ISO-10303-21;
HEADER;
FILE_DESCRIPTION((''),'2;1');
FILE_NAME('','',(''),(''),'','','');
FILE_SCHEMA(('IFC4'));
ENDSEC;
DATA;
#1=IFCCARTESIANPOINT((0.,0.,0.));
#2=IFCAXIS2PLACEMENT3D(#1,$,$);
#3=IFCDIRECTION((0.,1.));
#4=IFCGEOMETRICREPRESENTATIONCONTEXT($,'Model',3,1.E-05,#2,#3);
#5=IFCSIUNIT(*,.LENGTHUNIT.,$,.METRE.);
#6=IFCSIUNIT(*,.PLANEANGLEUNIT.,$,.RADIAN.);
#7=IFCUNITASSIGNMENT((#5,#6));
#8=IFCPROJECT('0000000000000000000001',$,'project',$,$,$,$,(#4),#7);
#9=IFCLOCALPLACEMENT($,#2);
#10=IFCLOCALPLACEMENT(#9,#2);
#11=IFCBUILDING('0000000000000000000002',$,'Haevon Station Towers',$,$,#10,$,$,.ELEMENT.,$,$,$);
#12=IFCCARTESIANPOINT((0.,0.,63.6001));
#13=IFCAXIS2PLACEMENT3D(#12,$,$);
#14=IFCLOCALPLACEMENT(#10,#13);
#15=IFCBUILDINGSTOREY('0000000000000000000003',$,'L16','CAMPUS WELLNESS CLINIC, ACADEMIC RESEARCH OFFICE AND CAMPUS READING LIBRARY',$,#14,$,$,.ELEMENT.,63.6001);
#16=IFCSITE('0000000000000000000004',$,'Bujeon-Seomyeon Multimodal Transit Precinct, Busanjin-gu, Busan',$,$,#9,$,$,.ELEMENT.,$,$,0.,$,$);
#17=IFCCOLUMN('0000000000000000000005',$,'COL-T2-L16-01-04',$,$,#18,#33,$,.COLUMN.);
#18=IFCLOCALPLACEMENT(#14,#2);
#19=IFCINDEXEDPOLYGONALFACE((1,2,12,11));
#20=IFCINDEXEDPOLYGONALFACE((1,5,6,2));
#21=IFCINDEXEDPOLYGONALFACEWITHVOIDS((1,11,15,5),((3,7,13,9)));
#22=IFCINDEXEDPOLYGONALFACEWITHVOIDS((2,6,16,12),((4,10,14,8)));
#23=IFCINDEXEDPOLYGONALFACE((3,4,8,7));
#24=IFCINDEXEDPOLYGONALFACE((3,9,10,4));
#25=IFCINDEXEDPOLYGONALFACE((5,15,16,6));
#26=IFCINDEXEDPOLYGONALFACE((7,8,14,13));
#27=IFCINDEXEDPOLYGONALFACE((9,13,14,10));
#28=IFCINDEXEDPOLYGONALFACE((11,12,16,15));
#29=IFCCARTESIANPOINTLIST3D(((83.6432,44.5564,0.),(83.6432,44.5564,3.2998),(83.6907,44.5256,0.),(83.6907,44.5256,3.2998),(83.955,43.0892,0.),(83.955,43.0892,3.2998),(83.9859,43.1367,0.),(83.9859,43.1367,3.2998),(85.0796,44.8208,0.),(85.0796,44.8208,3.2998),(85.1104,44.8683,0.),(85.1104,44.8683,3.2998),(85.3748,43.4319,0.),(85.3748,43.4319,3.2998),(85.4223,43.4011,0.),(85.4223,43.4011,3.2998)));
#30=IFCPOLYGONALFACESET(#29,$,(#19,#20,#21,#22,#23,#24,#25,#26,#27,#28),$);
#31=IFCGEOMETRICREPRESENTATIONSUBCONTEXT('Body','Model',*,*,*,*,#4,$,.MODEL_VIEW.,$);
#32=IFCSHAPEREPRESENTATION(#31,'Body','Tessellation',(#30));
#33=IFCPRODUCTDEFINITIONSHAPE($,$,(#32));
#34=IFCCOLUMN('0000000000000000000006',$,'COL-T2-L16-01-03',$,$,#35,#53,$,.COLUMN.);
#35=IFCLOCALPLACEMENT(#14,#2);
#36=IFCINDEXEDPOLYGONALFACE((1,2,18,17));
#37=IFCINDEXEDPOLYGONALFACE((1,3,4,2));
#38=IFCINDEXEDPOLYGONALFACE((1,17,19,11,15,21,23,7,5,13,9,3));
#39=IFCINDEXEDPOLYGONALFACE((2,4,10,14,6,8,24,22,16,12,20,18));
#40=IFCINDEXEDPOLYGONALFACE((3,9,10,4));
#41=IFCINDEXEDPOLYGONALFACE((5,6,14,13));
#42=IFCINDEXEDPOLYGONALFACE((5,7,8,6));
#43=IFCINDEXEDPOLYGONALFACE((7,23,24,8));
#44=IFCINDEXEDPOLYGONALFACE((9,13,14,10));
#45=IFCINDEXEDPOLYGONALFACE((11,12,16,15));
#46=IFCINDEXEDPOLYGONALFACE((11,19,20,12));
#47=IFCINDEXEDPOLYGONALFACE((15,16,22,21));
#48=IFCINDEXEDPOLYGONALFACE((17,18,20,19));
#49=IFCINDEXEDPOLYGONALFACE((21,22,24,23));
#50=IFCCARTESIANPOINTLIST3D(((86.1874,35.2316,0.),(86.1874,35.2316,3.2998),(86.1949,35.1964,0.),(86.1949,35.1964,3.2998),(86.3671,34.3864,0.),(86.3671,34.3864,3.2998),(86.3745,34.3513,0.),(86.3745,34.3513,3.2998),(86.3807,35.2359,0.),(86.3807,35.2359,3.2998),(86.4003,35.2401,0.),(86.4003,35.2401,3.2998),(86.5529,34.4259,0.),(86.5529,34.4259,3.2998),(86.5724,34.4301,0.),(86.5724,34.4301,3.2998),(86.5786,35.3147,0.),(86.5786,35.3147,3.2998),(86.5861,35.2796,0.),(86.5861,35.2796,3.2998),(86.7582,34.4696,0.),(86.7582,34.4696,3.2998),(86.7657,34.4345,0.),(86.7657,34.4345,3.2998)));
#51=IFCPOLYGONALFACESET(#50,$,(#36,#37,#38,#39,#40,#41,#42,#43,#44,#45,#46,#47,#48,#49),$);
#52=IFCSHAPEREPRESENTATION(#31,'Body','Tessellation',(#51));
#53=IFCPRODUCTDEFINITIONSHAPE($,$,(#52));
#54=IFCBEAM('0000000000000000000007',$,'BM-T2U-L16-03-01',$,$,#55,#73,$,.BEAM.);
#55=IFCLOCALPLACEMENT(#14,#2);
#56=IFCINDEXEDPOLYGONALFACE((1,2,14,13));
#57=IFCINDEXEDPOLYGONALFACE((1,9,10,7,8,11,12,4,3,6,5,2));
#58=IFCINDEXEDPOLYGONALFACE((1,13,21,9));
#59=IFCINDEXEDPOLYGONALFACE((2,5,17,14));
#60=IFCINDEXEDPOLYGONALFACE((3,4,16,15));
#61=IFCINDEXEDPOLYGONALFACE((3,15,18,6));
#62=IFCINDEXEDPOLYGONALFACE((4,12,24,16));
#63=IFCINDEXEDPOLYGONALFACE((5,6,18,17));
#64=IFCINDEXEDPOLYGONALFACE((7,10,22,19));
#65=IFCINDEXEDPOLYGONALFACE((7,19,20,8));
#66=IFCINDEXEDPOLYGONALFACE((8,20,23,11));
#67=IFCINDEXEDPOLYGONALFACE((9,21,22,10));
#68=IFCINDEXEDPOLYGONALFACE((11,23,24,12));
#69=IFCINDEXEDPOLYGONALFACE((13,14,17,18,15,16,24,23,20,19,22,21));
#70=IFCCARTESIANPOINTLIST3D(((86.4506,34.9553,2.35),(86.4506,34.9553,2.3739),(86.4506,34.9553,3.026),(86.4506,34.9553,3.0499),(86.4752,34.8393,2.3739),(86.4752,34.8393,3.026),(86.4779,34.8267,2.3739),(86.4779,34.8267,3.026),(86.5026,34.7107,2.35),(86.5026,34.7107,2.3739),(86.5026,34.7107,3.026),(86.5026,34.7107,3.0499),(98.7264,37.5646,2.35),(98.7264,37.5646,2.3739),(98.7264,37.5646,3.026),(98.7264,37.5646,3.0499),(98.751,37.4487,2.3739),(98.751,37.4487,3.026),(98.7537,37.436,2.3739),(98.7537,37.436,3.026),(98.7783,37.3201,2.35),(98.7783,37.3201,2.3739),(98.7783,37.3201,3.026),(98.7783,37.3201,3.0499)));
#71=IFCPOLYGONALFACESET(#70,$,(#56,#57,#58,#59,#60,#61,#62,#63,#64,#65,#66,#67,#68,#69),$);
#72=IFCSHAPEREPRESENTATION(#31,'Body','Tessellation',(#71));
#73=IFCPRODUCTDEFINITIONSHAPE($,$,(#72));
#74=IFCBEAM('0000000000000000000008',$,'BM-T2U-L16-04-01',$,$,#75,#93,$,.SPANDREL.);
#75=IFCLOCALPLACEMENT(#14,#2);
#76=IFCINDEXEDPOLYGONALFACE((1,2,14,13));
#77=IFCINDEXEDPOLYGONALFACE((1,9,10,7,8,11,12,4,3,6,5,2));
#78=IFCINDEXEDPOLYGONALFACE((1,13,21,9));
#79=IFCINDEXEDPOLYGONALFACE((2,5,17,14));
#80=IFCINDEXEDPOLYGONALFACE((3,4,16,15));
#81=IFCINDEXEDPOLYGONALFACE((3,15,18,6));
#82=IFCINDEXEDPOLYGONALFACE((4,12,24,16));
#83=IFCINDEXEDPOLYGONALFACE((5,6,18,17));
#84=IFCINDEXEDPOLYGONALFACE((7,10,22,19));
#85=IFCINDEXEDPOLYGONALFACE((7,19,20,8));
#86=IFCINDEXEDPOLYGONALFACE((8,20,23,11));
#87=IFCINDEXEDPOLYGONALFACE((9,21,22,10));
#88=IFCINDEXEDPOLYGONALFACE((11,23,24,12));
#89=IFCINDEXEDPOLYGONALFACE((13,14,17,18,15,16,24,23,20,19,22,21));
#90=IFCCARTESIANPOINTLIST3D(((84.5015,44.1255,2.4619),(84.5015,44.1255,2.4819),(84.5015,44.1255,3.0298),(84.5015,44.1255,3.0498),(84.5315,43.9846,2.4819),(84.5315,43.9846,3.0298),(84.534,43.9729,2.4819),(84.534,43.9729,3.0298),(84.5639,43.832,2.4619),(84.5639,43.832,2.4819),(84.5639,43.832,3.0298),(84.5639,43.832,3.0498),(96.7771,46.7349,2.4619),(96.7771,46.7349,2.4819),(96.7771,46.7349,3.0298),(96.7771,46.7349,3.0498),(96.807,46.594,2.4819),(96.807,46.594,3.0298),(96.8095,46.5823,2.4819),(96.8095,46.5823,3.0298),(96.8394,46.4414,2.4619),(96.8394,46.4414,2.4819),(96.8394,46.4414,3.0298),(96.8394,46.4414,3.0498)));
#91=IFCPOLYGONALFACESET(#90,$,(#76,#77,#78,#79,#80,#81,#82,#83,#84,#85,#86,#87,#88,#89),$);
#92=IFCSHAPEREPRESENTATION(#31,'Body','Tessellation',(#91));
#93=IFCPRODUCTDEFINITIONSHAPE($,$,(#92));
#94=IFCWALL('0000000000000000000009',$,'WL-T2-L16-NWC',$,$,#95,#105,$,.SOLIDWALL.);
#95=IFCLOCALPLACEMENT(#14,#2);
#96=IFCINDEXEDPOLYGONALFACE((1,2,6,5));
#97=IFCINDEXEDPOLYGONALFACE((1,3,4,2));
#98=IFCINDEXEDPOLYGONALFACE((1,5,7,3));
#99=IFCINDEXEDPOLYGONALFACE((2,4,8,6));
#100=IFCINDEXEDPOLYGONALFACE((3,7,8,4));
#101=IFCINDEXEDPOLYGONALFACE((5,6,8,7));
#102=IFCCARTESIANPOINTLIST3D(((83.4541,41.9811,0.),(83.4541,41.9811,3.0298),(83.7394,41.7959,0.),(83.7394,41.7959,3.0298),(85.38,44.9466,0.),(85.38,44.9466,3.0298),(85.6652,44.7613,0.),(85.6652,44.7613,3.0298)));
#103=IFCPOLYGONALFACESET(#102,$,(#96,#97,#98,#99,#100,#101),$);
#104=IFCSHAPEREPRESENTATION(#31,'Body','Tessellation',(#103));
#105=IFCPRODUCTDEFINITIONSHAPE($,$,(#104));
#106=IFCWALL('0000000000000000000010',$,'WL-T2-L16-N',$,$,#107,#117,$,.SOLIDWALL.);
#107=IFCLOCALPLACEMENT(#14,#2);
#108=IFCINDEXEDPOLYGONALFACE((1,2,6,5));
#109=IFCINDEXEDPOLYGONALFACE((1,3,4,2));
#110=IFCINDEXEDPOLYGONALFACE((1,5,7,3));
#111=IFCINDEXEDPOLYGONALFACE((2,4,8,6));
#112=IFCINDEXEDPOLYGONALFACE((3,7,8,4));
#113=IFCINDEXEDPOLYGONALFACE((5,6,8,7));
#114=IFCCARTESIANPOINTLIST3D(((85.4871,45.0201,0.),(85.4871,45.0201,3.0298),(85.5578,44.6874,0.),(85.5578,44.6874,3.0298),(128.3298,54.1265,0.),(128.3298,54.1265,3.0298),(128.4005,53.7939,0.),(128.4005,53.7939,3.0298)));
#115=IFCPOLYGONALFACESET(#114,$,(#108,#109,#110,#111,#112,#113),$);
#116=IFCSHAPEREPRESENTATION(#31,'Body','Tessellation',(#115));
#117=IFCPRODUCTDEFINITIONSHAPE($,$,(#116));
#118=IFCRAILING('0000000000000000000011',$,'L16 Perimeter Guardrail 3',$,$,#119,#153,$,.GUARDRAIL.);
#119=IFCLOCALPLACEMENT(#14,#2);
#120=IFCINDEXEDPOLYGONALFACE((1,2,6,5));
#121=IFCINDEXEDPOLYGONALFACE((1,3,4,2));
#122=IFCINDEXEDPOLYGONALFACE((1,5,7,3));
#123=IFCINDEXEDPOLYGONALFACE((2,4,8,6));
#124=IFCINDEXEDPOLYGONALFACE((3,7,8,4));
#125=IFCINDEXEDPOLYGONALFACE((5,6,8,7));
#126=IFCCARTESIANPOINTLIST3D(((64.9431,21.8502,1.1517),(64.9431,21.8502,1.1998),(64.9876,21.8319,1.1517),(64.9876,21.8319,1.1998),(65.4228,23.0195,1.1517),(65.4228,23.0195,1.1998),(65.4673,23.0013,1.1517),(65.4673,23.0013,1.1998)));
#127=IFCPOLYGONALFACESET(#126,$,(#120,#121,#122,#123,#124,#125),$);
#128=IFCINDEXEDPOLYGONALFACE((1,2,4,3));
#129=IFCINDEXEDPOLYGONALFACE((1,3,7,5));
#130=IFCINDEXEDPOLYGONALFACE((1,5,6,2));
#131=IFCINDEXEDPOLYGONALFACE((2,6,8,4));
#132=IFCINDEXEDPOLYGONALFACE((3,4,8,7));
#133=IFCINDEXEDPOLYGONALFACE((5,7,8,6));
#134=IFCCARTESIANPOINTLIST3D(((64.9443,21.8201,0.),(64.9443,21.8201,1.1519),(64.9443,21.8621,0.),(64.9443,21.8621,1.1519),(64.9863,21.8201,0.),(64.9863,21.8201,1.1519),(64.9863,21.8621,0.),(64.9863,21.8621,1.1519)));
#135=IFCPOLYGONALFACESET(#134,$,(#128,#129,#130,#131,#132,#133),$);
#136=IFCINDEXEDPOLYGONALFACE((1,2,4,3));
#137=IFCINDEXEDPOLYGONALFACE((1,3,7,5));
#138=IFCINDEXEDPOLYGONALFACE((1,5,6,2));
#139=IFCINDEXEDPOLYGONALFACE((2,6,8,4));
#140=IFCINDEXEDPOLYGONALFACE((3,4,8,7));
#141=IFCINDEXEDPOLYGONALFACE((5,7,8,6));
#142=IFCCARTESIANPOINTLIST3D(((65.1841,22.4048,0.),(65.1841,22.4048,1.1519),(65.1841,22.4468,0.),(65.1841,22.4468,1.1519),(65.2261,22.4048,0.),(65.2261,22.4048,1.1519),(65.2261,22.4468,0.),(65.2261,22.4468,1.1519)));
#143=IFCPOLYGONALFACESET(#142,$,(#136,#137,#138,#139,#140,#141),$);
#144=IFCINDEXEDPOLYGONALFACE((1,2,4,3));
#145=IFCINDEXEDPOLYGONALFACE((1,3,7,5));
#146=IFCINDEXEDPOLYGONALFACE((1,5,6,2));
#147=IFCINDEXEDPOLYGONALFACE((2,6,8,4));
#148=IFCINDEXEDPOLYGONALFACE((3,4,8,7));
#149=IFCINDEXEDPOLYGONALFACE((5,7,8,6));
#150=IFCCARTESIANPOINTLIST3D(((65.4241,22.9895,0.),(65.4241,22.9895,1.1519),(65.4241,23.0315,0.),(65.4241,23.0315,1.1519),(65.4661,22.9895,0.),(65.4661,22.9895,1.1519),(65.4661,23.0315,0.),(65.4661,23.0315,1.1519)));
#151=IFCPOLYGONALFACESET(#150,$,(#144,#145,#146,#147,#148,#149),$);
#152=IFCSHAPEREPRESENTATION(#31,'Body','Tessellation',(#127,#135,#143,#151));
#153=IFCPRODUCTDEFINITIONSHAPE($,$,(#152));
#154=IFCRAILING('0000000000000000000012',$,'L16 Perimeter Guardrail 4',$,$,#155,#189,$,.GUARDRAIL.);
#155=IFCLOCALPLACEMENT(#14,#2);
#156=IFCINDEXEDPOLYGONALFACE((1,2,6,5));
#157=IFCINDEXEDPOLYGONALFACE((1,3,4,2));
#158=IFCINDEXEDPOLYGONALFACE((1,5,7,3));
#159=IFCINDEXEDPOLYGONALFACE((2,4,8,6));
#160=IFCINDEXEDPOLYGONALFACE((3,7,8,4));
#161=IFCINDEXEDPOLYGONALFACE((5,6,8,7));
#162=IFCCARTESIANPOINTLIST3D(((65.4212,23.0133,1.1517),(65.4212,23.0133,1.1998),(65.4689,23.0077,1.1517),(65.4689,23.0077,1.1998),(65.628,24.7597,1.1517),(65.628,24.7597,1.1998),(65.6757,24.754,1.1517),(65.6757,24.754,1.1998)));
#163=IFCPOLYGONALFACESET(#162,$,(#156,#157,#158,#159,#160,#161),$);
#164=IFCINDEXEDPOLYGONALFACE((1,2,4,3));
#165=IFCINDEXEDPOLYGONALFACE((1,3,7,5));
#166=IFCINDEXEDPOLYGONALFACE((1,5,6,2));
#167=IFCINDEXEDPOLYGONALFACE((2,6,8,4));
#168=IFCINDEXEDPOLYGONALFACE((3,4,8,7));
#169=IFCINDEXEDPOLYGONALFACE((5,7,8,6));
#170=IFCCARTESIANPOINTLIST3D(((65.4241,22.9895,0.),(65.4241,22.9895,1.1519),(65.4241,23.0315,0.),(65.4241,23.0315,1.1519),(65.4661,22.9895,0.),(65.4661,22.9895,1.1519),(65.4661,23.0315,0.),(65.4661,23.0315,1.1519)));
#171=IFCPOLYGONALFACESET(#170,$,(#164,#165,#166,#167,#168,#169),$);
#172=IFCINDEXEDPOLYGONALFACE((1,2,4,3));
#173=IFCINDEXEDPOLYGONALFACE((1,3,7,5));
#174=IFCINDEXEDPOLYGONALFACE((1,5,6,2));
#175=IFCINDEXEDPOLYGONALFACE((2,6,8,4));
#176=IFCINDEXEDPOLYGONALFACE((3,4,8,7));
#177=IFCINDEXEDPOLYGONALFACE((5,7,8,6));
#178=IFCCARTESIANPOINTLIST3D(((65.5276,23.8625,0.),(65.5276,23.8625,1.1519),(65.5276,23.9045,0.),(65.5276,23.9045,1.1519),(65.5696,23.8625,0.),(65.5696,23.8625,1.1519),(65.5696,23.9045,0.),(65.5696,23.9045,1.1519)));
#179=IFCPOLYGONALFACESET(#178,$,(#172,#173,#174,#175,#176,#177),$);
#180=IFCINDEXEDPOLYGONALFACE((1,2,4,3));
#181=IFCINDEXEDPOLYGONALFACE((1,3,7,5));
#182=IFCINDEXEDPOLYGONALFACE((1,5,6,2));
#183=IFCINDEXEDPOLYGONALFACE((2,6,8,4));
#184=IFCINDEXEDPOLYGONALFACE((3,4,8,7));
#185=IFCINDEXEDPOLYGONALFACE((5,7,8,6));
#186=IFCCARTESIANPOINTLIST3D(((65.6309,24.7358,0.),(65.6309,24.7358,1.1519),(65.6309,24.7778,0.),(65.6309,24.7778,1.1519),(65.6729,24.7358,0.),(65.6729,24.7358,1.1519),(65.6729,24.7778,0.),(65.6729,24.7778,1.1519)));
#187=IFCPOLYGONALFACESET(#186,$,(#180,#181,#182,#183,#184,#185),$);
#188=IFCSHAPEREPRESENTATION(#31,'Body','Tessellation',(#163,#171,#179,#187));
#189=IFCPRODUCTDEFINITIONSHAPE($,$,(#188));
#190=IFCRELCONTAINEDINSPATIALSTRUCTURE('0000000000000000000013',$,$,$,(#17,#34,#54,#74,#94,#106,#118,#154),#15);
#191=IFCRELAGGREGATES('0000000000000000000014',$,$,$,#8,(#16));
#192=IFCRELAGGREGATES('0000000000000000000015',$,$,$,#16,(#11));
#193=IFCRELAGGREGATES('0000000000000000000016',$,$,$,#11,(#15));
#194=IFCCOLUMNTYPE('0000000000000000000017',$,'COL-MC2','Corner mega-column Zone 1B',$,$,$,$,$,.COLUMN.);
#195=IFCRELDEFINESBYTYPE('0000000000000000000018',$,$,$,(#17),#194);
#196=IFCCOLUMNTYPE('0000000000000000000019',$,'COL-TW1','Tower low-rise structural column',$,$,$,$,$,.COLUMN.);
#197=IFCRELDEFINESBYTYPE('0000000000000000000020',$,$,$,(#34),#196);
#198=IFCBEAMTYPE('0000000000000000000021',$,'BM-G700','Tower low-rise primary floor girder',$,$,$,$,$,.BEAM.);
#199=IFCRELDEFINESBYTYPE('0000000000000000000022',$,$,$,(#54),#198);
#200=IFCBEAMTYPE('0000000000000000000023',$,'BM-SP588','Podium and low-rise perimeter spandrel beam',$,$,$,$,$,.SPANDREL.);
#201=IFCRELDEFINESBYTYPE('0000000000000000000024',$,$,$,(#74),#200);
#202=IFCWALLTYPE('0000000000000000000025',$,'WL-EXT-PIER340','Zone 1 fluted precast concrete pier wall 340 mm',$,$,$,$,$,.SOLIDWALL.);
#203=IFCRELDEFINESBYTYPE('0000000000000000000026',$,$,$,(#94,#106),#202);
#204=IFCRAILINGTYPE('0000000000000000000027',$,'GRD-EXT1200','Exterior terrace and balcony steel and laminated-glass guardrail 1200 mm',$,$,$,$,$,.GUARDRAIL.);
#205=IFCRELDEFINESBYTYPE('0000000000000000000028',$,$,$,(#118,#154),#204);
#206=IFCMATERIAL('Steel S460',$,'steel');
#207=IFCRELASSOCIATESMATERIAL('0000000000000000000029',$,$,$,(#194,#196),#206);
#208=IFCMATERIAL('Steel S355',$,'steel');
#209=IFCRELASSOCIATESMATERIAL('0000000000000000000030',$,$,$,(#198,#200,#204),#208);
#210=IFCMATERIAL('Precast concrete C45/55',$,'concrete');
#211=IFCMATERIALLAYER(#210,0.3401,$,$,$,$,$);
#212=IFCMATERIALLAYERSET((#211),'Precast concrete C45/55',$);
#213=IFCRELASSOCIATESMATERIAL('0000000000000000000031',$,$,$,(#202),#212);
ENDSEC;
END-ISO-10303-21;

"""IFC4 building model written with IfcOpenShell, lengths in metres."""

from ifc_helpers import new_model, si_unit, direction, frame, frame_2d, origin, origin_2d, place, context, subcontext, project, spatial, rectangle, hollow_rectangle, i_section, extrude, material, layer, layer_set, material_profile, profile_set, type_object, element, save


model = new_model("IFC4")

# Units and contexts
model_context = context("Model", 3, precision=1e-05, world=origin(), true_north=direction((0.0, 1.0)))
body_context = subcontext(model_context, "Body", "Model", "MODEL_VIEW")
ifc_project = project(units=[si_unit("LENGTHUNIT", "METRE"), si_unit("PLANEANGLEUNIT", "RADIAN")], contexts=[model_context])

# Site, building, storey
site_placement = place(None, origin())
site = spatial("IfcSite", under=ifc_project, at=site_placement, Name="Bujeon-Seomyeon Multimodal Transit Precinct, Busanjin-gu, Busan", CompositionType="ELEMENT", RefElevation=0.0)
building_placement = place(site_placement, origin())
building = spatial("IfcBuilding", under=site, at=building_placement, Name="Haevon Station Towers", CompositionType="ELEMENT")
storey_placement = place(building_placement, frame((0.0, 0.0, 63.6001)))
storey = spatial("IfcBuildingStorey", under=building, at=storey_placement, Name="L16", Description="CAMPUS WELLNESS CLINIC, ACADEMIC RESEARCH OFFICE AND CAMPUS READING LIBRARY", CompositionType="ELEMENT", Elevation=63.6001)

# Columns
ifc_material_1 = material(Name="Steel S460", Category="steel")
ifc_material_profile_1 = material_profile(ifc_material_1, hollow_rectangle(XDim=1.5, YDim=1.5, WallThickness=0.04, at=origin_2d()), Name="BOX-1500x1500x40")
ifc_profile_set_1 = profile_set([ifc_material_profile_1], Name="Steel S460")
column_type_1 = type_object("IfcColumnType", Name="COL-MC2", Description="Corner mega-column Zone 1B", PredefinedType="COLUMN", material=ifc_profile_set_1)
column_1_placement = place(storey_placement, frame((84.5327, 43.9788, 0.0), z_axis=(0.0, 0.0, 1.0), x_axis=(0.978148, 0.207912, 0.0)))
element("IfcColumn", 1, at=column_1_placement, inside=storey, type_object=column_type_1, Name="COL-T2-L16-01-04", PredefinedType="COLUMN", context=body_context, shape_type="SweptSolid", body=[
    extrude(hollow_rectangle(XDim=1.5, YDim=1.5, WallThickness=0.04, at=origin_2d()), origin(), (0.0, 0.0, 1.0), 3.2998),
])
ifc_material_profile_2 = material_profile(ifc_material_1, i_section(OverallWidth=0.3999, OverallDepth=0.8999, WebThickness=0.02, FlangeThickness=0.0359, at=origin_2d()), Name="H-900x400x20x36")
ifc_profile_set_2 = profile_set([ifc_material_profile_2], Name="Steel S460")
column_type_2 = type_object("IfcColumnType", Name="COL-TW1", Description="Tower low-rise structural column", PredefinedType="COLUMN", material=ifc_profile_set_2)
column_2_placement = place(storey_placement, frame((86.4766, 34.833, 0.0), z_axis=(0.0, 0.0, 1.0), x_axis=(0.978148, 0.207912, 0.0)))
element("IfcColumn", 2, at=column_2_placement, inside=storey, type_object=column_type_2, Name="COL-T2-L16-01-03", PredefinedType="COLUMN", context=body_context, shape_type="SweptSolid", body=[
    extrude(i_section(OverallWidth=0.3999, OverallDepth=0.8999, WebThickness=0.02, FlangeThickness=0.0359, at=origin_2d()), origin(), (0.0, 0.0, 1.0), 3.2998),
])

# Beams
ifc_material_2 = material(Name="Steel S355", Category="steel")
ifc_material_profile_3 = material_profile(ifc_material_2, i_section(OverallWidth=0.25, OverallDepth=0.7, WebThickness=0.0129, FlangeThickness=0.0239, at=origin_2d()), Name="H-700x250x13x24")
ifc_profile_set_3 = profile_set([ifc_material_profile_3], Name="Steel S355")
beam_type_1 = type_object("IfcBeamType", Name="BM-G700", Description="Tower low-rise primary floor girder", PredefinedType="BEAM", material=ifc_profile_set_3)
beam_1_placement = place(storey_placement, frame((86.4766, 34.833, 2.7), z_axis=(0.978147, 0.207916, 0.0), x_axis=(-0.207916, 0.978147, 0.0)))
element("IfcBeam", 3, at=beam_1_placement, inside=storey, type_object=beam_type_1, Name="BM-T2U-L16-03-01", PredefinedType="BEAM", context=body_context, shape_type="SweptSolid", body=[
    extrude(i_section(OverallWidth=0.25, OverallDepth=0.7, WebThickness=0.0129, FlangeThickness=0.0239, at=origin_2d()), origin(), (0.0, 0.0, 1.0), 12.55),
])
ifc_material_profile_4 = material_profile(ifc_material_2, i_section(OverallWidth=0.3, OverallDepth=0.5879, WebThickness=0.012, FlangeThickness=0.02, at=origin_2d()), Name="H-588x300x12x20")
ifc_profile_set_4 = profile_set([ifc_material_profile_4], Name="Steel S355")
beam_type_2 = type_object("IfcBeamType", Name="BM-SP588", Description="Podium and low-rise perimeter spandrel beam", PredefinedType="SPANDREL", material=ifc_profile_set_4)
beam_2_placement = place(storey_placement, frame((84.5327, 43.9788, 2.7559), z_axis=(0.978146, 0.20792, 0.0), x_axis=(-0.20792, 0.978146, 0.0)))
element("IfcBeam", 4, at=beam_2_placement, inside=storey, type_object=beam_type_2, Name="BM-T2U-L16-04-01", PredefinedType="SPANDREL", context=body_context, shape_type="SweptSolid", body=[
    extrude(i_section(OverallWidth=0.3, OverallDepth=0.5879, WebThickness=0.012, FlangeThickness=0.02, at=origin_2d()), origin(), (0.0, 0.0, 1.0), 12.5498),
])

# Walls
ifc_material_3 = material(Name="Precast concrete C45/55", Category="concrete")
ifc_layer_1 = layer(ifc_material_3, 0.3401)
ifc_layer_set_1 = layer_set([ifc_layer_1], Name="Precast concrete C45/55")
wall_type = type_object("IfcWallType", Name="WL-EXT-PIER340", Description="Zone 1 fluted precast concrete pier wall 340 mm", PredefinedType="SOLIDWALL", material=ifc_layer_set_1)
wall_1_placement = place(storey_placement, frame((83.5967, 41.8884, 0.0), z_axis=(0.0, 0.0, 1.0), x_axis=(0.544653, 0.838661, 0.0)))
element("IfcWall", 5, at=wall_1_placement, inside=storey, type_object=wall_type, Name="WL-T2-L16-NWC", PredefinedType="SOLIDWALL", context=body_context, shape_type="SweptSolid", body=[
    extrude(rectangle(XDim=3.5359, YDim=0.3401, at=frame_2d((1.7681, 0.0))), origin(), (0.0, 0.0, 1.0), 3.0298),
])
wall_2_placement = place(storey_placement, frame((85.5225, 44.8538, 0.0), z_axis=(0.0, 0.0, 1.0), x_axis=(0.978148, 0.20791, 0.0)))
element("IfcWall", 6, at=wall_2_placement, inside=storey, type_object=wall_type, Name="WL-T2-L16-N", PredefinedType="SOLIDWALL", context=body_context, shape_type="SweptSolid", body=[
    extrude(rectangle(XDim=43.7998, YDim=0.3401, at=frame_2d((21.8999, 0.0))), origin(), (0.0, 0.0, 1.0), 3.0298),
])

# Railings
railing_type = type_object("IfcRailingType", Name="GRD-EXT1200", Description="Exterior terrace and balcony steel and laminated-glass guardrail 1200 mm", PredefinedType="GUARDRAIL", material=ifc_material_2)
railing_1_placement = place(storey_placement, frame((64.9653, 21.8411, 0.0)))
element("IfcRailing", 7, at=railing_1_placement, inside=storey, type_object=railing_type, Name="L16 Perimeter Guardrail 3", PredefinedType="GUARDRAIL", context=body_context, shape_type="SweptSolid", body=[
    extrude(rectangle(XDim=0.0481, YDim=0.0481, at=origin_2d()), frame((0.0, 0.0, 1.1758), z_axis=(0.379535, 0.925177, 0.0), x_axis=(-0.925177, 0.379535, 0.0)), (0.0, 0.0, 1.0), 1.2639),
    extrude(rectangle(XDim=0.042, YDim=0.042, at=origin_2d()), origin(), (0.0, 0.0, 1.0), 1.1519),
    extrude(rectangle(XDim=0.042, YDim=0.042, at=origin_2d()), frame((0.2397, 0.5847, 0.0)), (0.0, 0.0, 1.0), 1.1519),
    extrude(rectangle(XDim=0.042, YDim=0.042, at=origin_2d()), frame((0.4797, 1.1694, 0.0)), (0.0, 0.0, 1.0), 1.1519),
])
railing_2_placement = place(storey_placement, frame((65.4451, 23.0105, 0.0)))
element("IfcRailing", 8, at=railing_2_placement, inside=storey, type_object=railing_type, Name="L16 Perimeter Guardrail 4", PredefinedType="GUARDRAIL", context=body_context, shape_type="SweptSolid", body=[
    extrude(rectangle(XDim=0.0481, YDim=0.0481, at=origin_2d()), frame((0.0, 0.0, 1.1758), z_axis=(0.11759, 0.993062, 0.0), x_axis=(-0.993062, 0.11759, 0.0)), (0.0, 0.0, 1.0), 1.7585),
    extrude(rectangle(XDim=0.042, YDim=0.042, at=origin_2d()), origin(), (0.0, 0.0, 1.0), 1.1519),
    extrude(rectangle(XDim=0.042, YDim=0.042, at=origin_2d()), frame((0.1035, 0.873, 0.0)), (0.0, 0.0, 1.0), 1.1519),
    extrude(rectangle(XDim=0.042, YDim=0.042, at=origin_2d()), frame((0.2068, 1.7463, 0.0)), (0.0, 0.0, 1.0), 1.1519),
])

save(model, "model.ifc")
